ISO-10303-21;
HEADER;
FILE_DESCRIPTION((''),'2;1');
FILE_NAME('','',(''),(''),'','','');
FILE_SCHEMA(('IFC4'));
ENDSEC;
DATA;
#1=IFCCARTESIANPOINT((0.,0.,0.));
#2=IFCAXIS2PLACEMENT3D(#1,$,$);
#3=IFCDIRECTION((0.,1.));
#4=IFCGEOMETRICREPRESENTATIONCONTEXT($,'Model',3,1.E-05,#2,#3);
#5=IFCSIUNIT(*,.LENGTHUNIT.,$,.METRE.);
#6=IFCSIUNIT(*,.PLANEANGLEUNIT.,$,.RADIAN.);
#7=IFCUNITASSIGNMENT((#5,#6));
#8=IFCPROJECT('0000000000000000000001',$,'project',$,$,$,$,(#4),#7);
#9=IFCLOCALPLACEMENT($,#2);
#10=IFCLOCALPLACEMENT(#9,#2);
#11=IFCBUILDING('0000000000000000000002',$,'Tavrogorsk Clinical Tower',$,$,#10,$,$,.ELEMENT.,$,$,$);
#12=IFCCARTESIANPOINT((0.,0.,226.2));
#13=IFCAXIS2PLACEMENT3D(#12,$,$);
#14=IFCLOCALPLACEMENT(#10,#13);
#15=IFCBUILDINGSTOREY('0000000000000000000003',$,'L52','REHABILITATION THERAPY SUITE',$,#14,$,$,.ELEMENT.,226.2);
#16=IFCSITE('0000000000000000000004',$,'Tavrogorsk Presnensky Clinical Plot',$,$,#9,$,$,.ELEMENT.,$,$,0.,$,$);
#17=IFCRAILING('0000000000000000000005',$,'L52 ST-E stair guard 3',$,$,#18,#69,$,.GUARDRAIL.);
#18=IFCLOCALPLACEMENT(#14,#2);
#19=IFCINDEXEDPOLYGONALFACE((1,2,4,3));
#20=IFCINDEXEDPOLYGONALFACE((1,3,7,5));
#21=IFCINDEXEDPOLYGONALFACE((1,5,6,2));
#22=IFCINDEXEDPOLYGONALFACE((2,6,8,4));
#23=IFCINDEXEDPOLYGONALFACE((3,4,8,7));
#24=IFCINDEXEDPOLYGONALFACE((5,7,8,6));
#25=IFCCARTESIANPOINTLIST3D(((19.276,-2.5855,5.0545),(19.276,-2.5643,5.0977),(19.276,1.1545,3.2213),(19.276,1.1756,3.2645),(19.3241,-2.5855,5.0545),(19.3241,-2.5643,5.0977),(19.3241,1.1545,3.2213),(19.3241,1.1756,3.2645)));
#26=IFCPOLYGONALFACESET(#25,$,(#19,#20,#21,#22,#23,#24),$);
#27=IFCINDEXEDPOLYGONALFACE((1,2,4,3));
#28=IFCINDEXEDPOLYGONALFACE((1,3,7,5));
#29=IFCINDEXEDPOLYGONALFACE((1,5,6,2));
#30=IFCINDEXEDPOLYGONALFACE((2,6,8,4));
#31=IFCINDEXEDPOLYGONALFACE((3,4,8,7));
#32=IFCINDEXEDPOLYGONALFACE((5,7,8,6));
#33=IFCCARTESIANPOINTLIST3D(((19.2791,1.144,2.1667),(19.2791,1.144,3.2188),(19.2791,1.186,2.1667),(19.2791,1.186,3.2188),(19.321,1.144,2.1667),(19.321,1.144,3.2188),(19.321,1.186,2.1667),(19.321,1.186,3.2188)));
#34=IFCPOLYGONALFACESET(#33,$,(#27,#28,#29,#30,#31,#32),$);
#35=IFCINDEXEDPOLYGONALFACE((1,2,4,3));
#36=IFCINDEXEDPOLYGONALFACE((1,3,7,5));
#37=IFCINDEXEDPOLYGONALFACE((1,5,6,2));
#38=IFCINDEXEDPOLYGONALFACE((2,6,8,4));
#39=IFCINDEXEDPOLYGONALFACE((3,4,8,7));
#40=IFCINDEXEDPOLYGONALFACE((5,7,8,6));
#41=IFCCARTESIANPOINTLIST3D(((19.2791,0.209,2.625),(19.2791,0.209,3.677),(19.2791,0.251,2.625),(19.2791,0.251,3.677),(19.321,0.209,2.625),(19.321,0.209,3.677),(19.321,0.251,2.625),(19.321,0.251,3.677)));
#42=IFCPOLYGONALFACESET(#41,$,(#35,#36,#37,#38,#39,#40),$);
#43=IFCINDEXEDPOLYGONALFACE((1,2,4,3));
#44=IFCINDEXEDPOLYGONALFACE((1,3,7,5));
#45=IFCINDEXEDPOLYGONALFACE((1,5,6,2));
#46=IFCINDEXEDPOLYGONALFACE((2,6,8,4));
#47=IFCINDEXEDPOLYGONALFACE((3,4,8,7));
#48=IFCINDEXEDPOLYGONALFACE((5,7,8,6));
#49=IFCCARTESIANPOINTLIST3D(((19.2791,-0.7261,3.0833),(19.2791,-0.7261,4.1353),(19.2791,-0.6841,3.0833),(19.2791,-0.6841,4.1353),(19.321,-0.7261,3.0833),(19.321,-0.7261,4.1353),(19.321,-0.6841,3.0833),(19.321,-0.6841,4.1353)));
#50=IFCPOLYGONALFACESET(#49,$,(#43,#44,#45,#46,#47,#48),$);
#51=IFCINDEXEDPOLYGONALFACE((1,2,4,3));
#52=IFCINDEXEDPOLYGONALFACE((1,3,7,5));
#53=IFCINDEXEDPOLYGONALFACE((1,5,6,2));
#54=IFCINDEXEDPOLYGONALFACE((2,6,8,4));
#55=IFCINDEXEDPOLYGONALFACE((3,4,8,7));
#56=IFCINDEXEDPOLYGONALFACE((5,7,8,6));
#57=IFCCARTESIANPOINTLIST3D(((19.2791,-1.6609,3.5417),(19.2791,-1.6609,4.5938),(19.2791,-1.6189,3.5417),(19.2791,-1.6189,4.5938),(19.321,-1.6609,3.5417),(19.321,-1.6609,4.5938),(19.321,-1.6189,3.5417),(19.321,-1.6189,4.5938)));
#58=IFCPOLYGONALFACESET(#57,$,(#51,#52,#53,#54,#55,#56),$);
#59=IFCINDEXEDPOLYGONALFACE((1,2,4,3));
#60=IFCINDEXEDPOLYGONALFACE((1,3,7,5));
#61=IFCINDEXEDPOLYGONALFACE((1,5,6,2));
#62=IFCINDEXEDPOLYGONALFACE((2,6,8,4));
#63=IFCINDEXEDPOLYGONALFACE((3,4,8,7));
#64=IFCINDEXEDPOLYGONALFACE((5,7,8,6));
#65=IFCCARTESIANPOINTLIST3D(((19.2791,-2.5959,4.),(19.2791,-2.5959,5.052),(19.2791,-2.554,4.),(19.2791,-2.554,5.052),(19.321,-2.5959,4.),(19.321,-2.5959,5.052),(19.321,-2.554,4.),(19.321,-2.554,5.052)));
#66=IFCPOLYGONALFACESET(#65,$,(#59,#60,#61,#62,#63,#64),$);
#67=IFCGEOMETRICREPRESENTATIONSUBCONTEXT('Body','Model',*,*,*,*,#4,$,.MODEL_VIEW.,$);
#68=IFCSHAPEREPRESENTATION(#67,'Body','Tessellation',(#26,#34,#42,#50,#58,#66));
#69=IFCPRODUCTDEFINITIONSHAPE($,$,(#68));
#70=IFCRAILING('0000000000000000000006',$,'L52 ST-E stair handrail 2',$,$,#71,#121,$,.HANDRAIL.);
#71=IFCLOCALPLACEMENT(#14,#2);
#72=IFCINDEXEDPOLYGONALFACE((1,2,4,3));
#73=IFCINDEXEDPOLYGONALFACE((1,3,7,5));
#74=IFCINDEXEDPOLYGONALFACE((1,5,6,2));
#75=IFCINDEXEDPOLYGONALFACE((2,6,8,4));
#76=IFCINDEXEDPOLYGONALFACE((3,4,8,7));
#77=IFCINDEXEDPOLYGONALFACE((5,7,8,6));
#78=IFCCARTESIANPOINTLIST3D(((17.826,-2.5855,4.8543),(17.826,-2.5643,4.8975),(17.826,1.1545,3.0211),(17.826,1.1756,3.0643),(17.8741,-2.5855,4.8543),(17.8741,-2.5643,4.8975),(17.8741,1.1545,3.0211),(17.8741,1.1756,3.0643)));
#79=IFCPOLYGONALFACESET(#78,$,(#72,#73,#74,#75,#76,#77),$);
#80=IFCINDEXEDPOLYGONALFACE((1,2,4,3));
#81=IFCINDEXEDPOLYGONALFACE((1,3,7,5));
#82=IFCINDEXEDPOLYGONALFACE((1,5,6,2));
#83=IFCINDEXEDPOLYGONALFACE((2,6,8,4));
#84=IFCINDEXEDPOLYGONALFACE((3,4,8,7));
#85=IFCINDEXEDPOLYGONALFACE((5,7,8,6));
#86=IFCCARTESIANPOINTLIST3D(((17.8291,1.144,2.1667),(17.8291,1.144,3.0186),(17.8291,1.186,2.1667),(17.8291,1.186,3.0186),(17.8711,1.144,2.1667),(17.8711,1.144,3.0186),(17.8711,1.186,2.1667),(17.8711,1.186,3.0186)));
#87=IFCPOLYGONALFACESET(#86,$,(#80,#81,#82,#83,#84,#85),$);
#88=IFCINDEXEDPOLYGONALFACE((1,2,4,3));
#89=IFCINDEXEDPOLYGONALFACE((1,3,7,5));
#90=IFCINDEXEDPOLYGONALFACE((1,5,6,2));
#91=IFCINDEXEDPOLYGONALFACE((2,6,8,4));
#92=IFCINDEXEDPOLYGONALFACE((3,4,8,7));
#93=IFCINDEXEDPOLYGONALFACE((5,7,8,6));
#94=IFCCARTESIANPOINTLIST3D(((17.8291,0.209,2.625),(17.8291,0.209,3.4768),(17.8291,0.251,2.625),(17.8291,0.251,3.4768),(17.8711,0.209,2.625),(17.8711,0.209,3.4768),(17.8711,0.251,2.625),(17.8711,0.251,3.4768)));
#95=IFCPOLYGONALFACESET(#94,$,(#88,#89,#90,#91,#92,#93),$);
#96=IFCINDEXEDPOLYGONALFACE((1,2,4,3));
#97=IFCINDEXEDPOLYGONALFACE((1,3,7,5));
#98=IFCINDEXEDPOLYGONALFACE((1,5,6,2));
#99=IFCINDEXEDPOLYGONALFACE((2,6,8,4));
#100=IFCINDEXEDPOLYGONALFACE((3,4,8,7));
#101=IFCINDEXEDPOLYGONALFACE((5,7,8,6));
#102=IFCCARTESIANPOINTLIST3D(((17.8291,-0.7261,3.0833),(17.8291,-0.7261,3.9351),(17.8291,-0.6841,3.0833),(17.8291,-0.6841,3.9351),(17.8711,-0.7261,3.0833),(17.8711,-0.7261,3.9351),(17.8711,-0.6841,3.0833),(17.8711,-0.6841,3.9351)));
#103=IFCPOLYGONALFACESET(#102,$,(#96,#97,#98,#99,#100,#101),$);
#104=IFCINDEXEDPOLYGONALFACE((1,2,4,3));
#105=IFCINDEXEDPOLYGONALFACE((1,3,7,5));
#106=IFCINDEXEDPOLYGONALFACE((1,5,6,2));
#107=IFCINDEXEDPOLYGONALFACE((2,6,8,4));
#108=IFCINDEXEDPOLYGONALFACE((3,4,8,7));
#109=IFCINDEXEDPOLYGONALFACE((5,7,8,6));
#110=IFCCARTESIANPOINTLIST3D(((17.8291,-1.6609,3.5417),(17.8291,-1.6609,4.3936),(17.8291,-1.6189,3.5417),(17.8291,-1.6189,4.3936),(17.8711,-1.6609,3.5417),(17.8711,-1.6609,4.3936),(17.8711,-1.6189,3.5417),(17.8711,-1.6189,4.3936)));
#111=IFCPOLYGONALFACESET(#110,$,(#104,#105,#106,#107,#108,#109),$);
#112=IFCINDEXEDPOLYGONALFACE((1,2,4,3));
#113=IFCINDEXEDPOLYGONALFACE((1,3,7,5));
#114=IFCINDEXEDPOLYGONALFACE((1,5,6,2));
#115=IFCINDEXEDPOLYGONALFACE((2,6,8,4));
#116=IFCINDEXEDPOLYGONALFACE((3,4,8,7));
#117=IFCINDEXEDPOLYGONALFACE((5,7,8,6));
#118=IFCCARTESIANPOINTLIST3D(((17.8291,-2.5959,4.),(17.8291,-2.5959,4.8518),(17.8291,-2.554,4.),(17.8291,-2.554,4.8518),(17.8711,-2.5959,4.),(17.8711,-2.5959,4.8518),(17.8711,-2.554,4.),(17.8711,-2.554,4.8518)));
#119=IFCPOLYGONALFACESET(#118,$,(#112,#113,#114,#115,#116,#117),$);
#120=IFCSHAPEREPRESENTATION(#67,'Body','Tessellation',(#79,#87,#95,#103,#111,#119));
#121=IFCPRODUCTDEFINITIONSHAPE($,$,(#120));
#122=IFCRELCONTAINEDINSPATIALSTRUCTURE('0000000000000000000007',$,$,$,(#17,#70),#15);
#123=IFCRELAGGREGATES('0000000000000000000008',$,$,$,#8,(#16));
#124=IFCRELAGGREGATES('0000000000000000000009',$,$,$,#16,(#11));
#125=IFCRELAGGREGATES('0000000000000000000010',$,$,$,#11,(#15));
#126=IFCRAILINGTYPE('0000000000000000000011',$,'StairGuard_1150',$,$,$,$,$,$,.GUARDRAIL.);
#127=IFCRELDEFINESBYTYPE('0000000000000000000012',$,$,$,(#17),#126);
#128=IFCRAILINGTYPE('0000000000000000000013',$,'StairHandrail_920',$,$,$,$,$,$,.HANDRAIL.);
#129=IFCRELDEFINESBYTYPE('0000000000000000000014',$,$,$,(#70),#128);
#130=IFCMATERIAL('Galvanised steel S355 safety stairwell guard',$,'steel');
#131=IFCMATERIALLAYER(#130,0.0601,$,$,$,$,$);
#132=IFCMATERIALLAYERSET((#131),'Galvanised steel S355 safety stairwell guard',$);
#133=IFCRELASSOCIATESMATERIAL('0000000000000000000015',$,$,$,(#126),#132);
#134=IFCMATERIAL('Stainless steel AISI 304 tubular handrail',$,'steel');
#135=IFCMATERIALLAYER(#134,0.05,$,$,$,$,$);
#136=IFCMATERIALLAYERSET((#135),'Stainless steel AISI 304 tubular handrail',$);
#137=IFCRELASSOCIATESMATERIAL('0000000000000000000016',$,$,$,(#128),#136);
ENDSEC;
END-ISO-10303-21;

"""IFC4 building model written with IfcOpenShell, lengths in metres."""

from ifc_helpers import new_model, si_unit, direction, frame, origin, origin_2d, place, context, subcontext, project, spatial, rectangle, extrude, material, layer, layer_set, type_object, element, save


model = new_model("IFC4")

# Units and contexts
model_context = context("Model", 3, precision=1e-05, world=origin(), true_north=direction((0.0, 1.0)))
body_context = subcontext(model_context, "Body", "Model", "MODEL_VIEW")
ifc_project = project(units=[si_unit("LENGTHUNIT", "METRE"), si_unit("PLANEANGLEUNIT", "RADIAN")], contexts=[model_context])

# Site, building, storey
site_placement = place(None, origin())
site = spatial("IfcSite", under=ifc_project, at=site_placement, Name="Tavrogorsk Presnensky Clinical Plot", CompositionType="ELEMENT", RefElevation=0.0)
building_placement = place(site_placement, origin())
building = spatial("IfcBuilding", under=site, at=building_placement, Name="Tavrogorsk Clinical Tower", CompositionType="ELEMENT")
storey_placement = place(building_placement, frame((0.0, 0.0, 226.2)))
storey = spatial("IfcBuildingStorey", under=building, at=storey_placement, Name="L52", Description="REHABILITATION THERAPY SUITE", CompositionType="ELEMENT", Elevation=226.2)

# Railings
ifc_material_1 = material(Name="Galvanised steel S355 safety stairwell guard", Category="steel")
ifc_layer_1 = layer(ifc_material_1, 0.0601)
ifc_layer_set_1 = layer_set([ifc_layer_1], Name="Galvanised steel S355 safety stairwell guard")
railing_type_1 = type_object("IfcRailingType", Name="StairGuard_1150", PredefinedType="GUARDRAIL", material=ifc_layer_set_1)
railing_1_placement = place(storey_placement, frame((19.3, 1.165, 2.1667)))
element("IfcRailing", 1, at=railing_1_placement, inside=storey, type_object=railing_type_1, Name="L52 ST-E stair guard 3", PredefinedType="GUARDRAIL", context=body_context, shape_type="SweptSolid", body=[
    extrude(rectangle(XDim=0.0481, YDim=0.0481, at=origin_2d()), frame((0.0, 0.0, 1.0762), z_axis=(0.0, -0.897928, 0.440142), x_axis=(1.0, 0.0, 0.0)), (0.0, 0.0, 1.0), 4.165),
    extrude(rectangle(XDim=0.042, YDim=0.042, at=origin_2d()), origin(), (0.0, 0.0, 1.0), 1.052),
    extrude(rectangle(XDim=0.042, YDim=0.042, at=origin_2d()), frame((0.0, -0.9351, 0.4583)), (0.0, 0.0, 1.0), 1.052),
    extrude(rectangle(XDim=0.042, YDim=0.042, at=origin_2d()), frame((0.0, -1.8701, 0.9165)), (0.0, 0.0, 1.0), 1.052),
    extrude(rectangle(XDim=0.042, YDim=0.042, at=origin_2d()), frame((0.0, -2.8049, 1.375)), (0.0, 0.0, 1.0), 1.052),
    extrude(rectangle(XDim=0.042, YDim=0.042, at=origin_2d()), frame((0.0, -3.74, 1.8333)), (0.0, 0.0, 1.0), 1.052),
])
ifc_material_2 = material(Name="Stainless steel AISI 304 tubular handrail", Category="steel")
ifc_layer_2 = layer(ifc_material_2, 0.05)
ifc_layer_set_2 = layer_set([ifc_layer_2], Name="Stainless steel AISI 304 tubular handrail")
railing_type_2 = type_object("IfcRailingType", Name="StairHandrail_920", PredefinedType="HANDRAIL", material=ifc_layer_set_2)
railing_2_placement = place(storey_placement, frame((17.8501, 1.165, 2.1667)))
element("IfcRailing", 2, at=railing_2_placement, inside=storey, type_object=railing_type_2, Name="L52 ST-E stair handrail 2", PredefinedType="HANDRAIL", context=body_context, shape_type="SweptSolid", body=[
    extrude(rectangle(XDim=0.0481, YDim=0.0481, at=origin_2d()), frame((0.0, 0.0, 0.876), z_axis=(0.0, -0.897928, 0.440142), x_axis=(1.0, 0.0, 0.0)), (0.0, 0.0, 1.0), 4.165),
    extrude(rectangle(XDim=0.042, YDim=0.042, at=origin_2d()), origin(), (0.0, 0.0, 1.0), 0.8518),
    extrude(rectangle(XDim=0.042, YDim=0.042, at=origin_2d()), frame((0.0, -0.9351, 0.4583)), (0.0, 0.0, 1.0), 0.8518),
    extrude(rectangle(XDim=0.042, YDim=0.042, at=origin_2d()), frame((0.0, -1.8701, 0.9165)), (0.0, 0.0, 1.0), 0.8518),
    extrude(rectangle(XDim=0.042, YDim=0.042, at=origin_2d()), frame((0.0, -2.8049, 1.375)), (0.0, 0.0, 1.0), 0.8518),
    extrude(rectangle(XDim=0.042, YDim=0.042, at=origin_2d()), frame((0.0, -3.74, 1.8333)), (0.0, 0.0, 1.0), 0.8518),
])

save(model, "model.ifc")
